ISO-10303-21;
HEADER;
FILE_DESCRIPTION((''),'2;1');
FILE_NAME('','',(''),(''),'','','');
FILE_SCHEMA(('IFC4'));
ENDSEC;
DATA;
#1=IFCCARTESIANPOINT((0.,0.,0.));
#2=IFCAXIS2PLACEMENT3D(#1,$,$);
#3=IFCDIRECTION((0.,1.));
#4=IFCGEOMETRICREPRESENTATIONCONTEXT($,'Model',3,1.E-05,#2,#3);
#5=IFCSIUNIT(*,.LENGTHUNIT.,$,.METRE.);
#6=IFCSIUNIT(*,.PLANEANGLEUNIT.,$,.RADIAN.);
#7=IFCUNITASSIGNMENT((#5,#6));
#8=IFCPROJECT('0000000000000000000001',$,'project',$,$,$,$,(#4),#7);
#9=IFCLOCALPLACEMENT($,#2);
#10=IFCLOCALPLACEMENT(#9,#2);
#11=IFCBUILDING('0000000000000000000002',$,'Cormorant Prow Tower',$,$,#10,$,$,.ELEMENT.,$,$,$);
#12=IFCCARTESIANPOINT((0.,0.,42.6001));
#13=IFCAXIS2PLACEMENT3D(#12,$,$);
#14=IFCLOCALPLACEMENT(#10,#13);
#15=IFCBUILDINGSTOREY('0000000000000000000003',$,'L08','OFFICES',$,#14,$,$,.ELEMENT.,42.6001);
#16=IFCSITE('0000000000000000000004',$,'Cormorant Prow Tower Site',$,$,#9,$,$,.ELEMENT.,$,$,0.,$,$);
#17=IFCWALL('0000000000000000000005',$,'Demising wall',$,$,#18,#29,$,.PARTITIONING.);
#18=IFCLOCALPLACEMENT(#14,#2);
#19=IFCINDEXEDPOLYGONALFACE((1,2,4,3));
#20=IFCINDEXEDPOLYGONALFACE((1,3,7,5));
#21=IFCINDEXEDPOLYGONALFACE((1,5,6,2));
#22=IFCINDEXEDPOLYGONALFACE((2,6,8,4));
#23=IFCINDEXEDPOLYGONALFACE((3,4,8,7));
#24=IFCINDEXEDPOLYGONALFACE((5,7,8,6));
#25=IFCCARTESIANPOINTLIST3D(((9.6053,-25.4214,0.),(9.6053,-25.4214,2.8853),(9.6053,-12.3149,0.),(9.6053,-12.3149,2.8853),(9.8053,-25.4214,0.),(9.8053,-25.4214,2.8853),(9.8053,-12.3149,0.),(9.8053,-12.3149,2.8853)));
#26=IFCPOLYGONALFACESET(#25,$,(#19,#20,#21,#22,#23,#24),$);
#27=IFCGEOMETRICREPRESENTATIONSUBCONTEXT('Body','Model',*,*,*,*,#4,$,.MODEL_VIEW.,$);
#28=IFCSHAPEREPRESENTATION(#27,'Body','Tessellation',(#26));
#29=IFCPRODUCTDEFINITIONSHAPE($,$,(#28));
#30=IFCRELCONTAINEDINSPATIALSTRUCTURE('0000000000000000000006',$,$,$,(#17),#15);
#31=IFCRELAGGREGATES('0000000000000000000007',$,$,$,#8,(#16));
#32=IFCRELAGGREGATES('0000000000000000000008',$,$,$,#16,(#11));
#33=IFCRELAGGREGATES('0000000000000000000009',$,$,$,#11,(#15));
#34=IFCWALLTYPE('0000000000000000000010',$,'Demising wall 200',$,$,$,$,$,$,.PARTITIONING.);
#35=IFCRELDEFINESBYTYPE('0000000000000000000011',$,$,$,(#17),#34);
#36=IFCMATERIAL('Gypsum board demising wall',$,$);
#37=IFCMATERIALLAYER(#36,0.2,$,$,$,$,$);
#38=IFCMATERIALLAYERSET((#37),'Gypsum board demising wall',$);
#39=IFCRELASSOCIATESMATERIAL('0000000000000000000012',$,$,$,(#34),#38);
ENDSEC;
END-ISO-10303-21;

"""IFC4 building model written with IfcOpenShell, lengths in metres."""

from ifc_helpers import new_model, si_unit, direction, frame, frame_2d, origin, place, context, subcontext, project, spatial, rectangle, extrude, material, layer, layer_set, type_object, element, save


model = new_model("IFC4")

# Units and contexts
model_context = context("Model", 3, precision=1e-05, world=origin(), true_north=direction((0.0, 1.0)))
body_context = subcontext(model_context, "Body", "Model", "MODEL_VIEW")
ifc_project = project(units=[si_unit("LENGTHUNIT", "METRE"), si_unit("PLANEANGLEUNIT", "RADIAN")], contexts=[model_context])

# Site, building, storey
site_placement = place(None, origin())
site = spatial("IfcSite", under=ifc_project, at=site_placement, Name="Cormorant Prow Tower Site", CompositionType="ELEMENT", RefElevation=0.0)
building_placement = place(site_placement, origin())
building = spatial("IfcBuilding", under=site, at=building_placement, Name="Cormorant Prow Tower", CompositionType="ELEMENT")
storey_placement = place(building_placement, frame((0.0, 0.0, 42.6001)))
storey = spatial("IfcBuildingStorey", under=building, at=storey_placement, Name="L08", Description="OFFICES", CompositionType="ELEMENT", Elevation=42.6001)

# Wall
ifc_material_1 = material(Name="Gypsum board demising wall")
ifc_layer_1 = layer(ifc_material_1, 0.2)
ifc_layer_set_1 = layer_set([ifc_layer_1], Name="Gypsum board demising wall")
wall_type_1 = type_object("IfcWallType", Name="Demising wall 200", PredefinedType="PARTITIONING", material=ifc_layer_set_1)
wall_1_placement = place(storey_placement, frame((9.7053, -25.4214, 0.0), z_axis=(0.0, 0.0, 1.0), x_axis=(0.0, 1.0, 0.0)))
element("IfcWall", 1, at=wall_1_placement, inside=storey, type_object=wall_type_1, Name="Demising wall", PredefinedType="PARTITIONING", context=body_context, shape_type="SweptSolid", body=[
    extrude(rectangle(XDim=13.1064, YDim=0.2, at=frame_2d((6.5532, 0.0))), origin(), (0.0, 0.0, 1.0), 2.8853),
])

save(model, "model.ifc")
